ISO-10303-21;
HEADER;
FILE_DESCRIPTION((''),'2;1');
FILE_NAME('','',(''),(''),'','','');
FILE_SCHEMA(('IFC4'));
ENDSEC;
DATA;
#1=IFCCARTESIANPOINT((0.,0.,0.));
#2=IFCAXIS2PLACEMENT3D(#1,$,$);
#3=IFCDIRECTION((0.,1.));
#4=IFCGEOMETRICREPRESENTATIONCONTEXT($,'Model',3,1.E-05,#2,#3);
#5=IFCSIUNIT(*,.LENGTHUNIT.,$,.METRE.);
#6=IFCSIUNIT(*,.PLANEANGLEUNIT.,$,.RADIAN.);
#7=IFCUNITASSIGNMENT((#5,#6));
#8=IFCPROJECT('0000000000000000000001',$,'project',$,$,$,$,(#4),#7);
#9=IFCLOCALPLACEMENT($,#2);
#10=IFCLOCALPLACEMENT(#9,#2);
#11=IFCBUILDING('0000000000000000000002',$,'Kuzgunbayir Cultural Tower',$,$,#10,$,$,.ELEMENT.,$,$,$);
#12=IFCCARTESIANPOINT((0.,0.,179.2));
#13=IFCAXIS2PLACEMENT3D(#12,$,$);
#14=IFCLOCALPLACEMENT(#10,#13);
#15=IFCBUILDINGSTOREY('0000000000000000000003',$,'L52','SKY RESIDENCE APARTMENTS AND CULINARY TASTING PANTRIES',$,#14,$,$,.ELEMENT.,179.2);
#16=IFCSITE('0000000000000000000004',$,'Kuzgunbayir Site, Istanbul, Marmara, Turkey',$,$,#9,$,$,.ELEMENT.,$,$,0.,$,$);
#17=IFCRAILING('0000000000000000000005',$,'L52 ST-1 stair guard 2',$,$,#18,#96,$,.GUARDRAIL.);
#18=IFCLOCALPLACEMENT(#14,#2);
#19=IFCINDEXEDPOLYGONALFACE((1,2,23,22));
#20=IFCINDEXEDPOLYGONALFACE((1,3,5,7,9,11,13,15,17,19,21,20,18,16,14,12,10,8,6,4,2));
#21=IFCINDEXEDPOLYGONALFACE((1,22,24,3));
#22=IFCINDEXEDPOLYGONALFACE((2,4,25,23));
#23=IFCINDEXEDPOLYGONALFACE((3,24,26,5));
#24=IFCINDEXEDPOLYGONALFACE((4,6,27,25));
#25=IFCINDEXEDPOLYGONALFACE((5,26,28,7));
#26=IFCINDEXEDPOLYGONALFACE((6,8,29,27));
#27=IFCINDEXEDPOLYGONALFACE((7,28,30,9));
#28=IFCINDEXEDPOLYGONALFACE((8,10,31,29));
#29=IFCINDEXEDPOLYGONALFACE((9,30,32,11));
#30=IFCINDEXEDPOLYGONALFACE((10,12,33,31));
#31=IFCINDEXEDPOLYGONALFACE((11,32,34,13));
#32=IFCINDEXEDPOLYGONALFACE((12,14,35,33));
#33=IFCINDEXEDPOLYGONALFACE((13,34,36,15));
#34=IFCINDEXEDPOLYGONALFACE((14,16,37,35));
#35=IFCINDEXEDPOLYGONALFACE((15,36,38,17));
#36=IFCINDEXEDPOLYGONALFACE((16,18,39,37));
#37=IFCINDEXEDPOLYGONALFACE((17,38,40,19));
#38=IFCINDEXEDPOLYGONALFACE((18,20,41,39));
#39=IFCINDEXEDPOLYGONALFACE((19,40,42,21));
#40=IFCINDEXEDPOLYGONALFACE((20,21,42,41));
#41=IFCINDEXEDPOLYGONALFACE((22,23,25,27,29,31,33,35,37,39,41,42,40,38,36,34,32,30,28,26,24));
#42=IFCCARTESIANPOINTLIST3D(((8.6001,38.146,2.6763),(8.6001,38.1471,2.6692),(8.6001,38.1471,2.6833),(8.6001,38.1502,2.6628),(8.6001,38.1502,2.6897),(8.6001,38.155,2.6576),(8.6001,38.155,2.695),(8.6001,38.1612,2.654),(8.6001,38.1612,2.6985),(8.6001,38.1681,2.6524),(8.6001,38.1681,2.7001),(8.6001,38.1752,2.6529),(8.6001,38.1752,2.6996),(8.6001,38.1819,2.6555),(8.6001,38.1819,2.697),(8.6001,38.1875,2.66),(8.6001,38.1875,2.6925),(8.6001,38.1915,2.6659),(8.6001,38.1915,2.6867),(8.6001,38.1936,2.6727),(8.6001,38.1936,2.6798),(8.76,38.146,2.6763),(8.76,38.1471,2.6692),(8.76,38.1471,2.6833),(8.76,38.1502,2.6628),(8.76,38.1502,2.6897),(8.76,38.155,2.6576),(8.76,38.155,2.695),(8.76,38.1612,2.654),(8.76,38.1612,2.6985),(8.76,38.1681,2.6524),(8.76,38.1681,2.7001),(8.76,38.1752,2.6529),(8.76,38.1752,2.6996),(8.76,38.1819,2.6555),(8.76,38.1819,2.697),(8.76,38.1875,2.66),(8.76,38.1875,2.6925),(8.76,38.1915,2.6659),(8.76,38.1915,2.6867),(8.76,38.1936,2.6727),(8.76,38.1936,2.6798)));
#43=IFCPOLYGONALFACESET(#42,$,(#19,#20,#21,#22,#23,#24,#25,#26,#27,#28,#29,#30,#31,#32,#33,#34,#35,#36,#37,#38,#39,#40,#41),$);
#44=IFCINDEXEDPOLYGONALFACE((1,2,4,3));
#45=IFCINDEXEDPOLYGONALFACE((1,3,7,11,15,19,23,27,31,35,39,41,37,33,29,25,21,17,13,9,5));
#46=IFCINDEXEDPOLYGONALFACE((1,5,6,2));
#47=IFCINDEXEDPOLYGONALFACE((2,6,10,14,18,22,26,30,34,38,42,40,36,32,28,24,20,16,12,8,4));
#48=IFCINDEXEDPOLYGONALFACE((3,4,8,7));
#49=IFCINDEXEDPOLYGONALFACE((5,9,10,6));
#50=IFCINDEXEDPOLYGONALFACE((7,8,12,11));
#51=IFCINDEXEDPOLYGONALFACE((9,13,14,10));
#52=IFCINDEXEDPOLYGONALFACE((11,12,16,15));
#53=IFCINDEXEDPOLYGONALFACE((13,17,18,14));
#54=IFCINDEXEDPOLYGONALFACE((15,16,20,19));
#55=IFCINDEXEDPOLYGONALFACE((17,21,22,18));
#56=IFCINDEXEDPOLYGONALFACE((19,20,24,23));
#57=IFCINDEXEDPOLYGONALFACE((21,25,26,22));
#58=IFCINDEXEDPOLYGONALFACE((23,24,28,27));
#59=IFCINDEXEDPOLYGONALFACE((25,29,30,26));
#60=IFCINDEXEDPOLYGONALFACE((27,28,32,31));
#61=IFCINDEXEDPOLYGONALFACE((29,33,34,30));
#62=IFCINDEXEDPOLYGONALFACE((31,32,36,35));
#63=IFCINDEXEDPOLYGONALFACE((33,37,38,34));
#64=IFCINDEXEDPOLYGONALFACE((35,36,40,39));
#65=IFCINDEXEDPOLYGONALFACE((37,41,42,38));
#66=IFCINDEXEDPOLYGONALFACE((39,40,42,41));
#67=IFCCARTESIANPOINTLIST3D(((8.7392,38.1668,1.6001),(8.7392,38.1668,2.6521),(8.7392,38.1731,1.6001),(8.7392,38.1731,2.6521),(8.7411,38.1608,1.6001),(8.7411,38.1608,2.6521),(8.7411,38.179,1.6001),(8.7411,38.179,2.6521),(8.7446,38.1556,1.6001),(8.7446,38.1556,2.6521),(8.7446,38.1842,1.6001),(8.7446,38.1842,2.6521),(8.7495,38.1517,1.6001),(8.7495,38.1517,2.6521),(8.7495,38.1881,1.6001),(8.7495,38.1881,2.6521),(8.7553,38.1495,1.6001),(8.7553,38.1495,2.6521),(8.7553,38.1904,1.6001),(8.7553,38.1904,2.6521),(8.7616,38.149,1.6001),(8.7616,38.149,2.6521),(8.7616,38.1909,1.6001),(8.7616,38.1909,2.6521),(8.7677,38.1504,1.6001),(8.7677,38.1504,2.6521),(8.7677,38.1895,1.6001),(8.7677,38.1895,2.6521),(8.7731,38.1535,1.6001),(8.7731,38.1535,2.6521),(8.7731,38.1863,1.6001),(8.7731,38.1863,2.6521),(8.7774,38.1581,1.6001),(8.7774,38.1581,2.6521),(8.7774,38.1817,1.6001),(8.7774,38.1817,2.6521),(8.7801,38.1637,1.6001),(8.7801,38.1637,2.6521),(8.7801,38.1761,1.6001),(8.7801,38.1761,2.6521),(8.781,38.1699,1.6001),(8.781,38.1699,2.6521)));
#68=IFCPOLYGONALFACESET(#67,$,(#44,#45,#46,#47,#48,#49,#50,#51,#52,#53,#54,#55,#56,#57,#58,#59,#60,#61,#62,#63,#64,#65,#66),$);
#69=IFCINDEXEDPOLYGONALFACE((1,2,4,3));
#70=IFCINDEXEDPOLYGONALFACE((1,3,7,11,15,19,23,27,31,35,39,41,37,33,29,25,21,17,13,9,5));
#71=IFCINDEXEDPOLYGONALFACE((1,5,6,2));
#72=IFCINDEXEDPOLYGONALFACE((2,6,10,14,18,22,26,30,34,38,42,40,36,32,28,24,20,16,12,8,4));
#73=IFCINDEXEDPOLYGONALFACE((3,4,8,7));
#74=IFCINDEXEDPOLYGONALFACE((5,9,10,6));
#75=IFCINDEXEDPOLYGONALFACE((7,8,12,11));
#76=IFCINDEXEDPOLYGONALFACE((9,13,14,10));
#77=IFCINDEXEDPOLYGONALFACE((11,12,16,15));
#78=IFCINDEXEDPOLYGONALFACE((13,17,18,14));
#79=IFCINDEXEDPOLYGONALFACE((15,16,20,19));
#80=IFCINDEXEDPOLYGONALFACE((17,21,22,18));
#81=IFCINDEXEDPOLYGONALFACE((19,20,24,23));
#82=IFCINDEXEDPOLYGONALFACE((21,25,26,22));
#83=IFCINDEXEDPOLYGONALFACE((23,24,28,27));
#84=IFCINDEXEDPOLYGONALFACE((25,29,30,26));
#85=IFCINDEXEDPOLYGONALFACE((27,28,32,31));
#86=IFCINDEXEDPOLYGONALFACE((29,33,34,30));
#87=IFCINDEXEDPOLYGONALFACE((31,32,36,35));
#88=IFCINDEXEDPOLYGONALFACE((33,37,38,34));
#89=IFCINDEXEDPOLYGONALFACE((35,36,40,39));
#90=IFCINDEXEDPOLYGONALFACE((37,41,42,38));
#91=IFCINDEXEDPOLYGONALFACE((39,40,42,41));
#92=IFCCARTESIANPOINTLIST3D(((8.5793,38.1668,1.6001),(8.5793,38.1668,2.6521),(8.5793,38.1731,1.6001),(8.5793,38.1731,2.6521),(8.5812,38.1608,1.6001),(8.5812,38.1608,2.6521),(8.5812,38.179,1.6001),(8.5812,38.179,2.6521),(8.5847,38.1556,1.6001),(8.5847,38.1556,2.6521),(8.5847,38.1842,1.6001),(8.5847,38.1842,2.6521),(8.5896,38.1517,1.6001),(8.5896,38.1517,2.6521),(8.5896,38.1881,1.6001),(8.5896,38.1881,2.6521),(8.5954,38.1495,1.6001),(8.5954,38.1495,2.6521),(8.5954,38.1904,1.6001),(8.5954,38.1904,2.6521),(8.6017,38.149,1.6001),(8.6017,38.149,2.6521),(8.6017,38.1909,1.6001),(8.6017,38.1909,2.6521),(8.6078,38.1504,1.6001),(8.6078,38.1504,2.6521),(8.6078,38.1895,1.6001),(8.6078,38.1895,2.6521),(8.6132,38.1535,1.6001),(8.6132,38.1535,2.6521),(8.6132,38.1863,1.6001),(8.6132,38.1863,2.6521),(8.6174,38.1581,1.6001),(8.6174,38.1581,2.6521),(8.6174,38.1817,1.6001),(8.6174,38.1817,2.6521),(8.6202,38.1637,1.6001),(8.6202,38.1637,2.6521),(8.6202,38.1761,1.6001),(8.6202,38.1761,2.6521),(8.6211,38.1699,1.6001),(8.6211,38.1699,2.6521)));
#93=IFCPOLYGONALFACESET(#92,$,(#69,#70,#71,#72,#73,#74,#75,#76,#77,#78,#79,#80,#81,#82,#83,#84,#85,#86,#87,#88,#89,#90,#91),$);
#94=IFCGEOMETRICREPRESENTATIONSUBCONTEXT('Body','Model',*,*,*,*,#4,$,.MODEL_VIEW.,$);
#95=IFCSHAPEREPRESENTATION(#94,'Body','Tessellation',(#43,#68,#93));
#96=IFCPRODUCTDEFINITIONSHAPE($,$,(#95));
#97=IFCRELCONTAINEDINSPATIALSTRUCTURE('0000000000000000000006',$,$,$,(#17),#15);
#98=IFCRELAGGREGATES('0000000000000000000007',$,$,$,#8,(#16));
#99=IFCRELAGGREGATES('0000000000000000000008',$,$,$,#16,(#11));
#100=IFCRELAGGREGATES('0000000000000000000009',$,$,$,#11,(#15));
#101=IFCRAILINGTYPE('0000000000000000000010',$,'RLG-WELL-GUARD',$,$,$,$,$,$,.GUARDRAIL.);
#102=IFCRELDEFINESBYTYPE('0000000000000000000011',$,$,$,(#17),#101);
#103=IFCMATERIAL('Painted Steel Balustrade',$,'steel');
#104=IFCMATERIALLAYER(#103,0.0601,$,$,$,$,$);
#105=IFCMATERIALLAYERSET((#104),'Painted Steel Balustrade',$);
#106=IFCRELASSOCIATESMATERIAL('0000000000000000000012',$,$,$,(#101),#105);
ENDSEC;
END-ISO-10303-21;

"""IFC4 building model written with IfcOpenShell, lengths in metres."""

from ifc_helpers import new_model, si_unit, direction, frame, origin, origin_2d, place, context, subcontext, project, spatial, circle, extrude, material, layer, layer_set, type_object, element, save


model = new_model("IFC4")

# Units and contexts
model_context = context("Model", 3, precision=1e-05, world=origin(), true_north=direction((0.0, 1.0)))
body_context = subcontext(model_context, "Body", "Model", "MODEL_VIEW")
ifc_project = project(units=[si_unit("LENGTHUNIT", "METRE"), si_unit("PLANEANGLEUNIT", "RADIAN")], contexts=[model_context])

# Site, building, storey
site_placement = place(None, origin())
site = spatial("IfcSite", under=ifc_project, at=site_placement, Name="Kuzgunbayir Site, Istanbul, Marmara, Turkey", CompositionType="ELEMENT", RefElevation=0.0)
building_placement = place(site_placement, origin())
building = spatial("IfcBuilding", under=site, at=building_placement, Name="Kuzgunbayir Cultural Tower", CompositionType="ELEMENT")
storey_placement = place(building_placement, frame((0.0, 0.0, 179.2)))
storey = spatial("IfcBuildingStorey", under=building, at=storey_placement, Name="L52", Description="SKY RESIDENCE APARTMENTS AND CULINARY TASTING PANTRIES", CompositionType="ELEMENT", Elevation=179.2)

# Railing
ifc_material_1 = material(Name="Painted Steel Balustrade", Category="steel")
ifc_layer_1 = layer(ifc_material_1, 0.0601)
ifc_layer_set_1 = layer_set([ifc_layer_1], Name="Painted Steel Balustrade")
railing_type_1 = type_object("IfcRailingType", Name="RLG-WELL-GUARD", PredefinedType="GUARDRAIL", material=ifc_layer_set_1)
railing_1_placement = place(storey_placement, frame((8.76, 38.1699, 1.6001)))
element("IfcRailing", 1, at=railing_1_placement, inside=storey, type_object=railing_type_1, Name="L52 ST-1 stair guard 2", PredefinedType="GUARDRAIL", context=body_context, shape_type="SweptSolid", body=[
    extrude(circle(Radius=0.0239, at=origin_2d()), frame((0.0, 0.0, 1.0762), z_axis=(-1.0, 0.0, 0.0), x_axis=(0.0, -1.0, 0.0)), (0.0, 0.0, 1.0), 0.1599),
    extrude(circle(Radius=0.021, at=origin_2d()), origin(), (0.0, 0.0, 1.0), 1.052),
    extrude(circle(Radius=0.021, at=origin_2d()), frame((-0.1599, 0.0, 0.0)), (0.0, 0.0, 1.0), 1.052),
])

save(model, "model.ifc")
